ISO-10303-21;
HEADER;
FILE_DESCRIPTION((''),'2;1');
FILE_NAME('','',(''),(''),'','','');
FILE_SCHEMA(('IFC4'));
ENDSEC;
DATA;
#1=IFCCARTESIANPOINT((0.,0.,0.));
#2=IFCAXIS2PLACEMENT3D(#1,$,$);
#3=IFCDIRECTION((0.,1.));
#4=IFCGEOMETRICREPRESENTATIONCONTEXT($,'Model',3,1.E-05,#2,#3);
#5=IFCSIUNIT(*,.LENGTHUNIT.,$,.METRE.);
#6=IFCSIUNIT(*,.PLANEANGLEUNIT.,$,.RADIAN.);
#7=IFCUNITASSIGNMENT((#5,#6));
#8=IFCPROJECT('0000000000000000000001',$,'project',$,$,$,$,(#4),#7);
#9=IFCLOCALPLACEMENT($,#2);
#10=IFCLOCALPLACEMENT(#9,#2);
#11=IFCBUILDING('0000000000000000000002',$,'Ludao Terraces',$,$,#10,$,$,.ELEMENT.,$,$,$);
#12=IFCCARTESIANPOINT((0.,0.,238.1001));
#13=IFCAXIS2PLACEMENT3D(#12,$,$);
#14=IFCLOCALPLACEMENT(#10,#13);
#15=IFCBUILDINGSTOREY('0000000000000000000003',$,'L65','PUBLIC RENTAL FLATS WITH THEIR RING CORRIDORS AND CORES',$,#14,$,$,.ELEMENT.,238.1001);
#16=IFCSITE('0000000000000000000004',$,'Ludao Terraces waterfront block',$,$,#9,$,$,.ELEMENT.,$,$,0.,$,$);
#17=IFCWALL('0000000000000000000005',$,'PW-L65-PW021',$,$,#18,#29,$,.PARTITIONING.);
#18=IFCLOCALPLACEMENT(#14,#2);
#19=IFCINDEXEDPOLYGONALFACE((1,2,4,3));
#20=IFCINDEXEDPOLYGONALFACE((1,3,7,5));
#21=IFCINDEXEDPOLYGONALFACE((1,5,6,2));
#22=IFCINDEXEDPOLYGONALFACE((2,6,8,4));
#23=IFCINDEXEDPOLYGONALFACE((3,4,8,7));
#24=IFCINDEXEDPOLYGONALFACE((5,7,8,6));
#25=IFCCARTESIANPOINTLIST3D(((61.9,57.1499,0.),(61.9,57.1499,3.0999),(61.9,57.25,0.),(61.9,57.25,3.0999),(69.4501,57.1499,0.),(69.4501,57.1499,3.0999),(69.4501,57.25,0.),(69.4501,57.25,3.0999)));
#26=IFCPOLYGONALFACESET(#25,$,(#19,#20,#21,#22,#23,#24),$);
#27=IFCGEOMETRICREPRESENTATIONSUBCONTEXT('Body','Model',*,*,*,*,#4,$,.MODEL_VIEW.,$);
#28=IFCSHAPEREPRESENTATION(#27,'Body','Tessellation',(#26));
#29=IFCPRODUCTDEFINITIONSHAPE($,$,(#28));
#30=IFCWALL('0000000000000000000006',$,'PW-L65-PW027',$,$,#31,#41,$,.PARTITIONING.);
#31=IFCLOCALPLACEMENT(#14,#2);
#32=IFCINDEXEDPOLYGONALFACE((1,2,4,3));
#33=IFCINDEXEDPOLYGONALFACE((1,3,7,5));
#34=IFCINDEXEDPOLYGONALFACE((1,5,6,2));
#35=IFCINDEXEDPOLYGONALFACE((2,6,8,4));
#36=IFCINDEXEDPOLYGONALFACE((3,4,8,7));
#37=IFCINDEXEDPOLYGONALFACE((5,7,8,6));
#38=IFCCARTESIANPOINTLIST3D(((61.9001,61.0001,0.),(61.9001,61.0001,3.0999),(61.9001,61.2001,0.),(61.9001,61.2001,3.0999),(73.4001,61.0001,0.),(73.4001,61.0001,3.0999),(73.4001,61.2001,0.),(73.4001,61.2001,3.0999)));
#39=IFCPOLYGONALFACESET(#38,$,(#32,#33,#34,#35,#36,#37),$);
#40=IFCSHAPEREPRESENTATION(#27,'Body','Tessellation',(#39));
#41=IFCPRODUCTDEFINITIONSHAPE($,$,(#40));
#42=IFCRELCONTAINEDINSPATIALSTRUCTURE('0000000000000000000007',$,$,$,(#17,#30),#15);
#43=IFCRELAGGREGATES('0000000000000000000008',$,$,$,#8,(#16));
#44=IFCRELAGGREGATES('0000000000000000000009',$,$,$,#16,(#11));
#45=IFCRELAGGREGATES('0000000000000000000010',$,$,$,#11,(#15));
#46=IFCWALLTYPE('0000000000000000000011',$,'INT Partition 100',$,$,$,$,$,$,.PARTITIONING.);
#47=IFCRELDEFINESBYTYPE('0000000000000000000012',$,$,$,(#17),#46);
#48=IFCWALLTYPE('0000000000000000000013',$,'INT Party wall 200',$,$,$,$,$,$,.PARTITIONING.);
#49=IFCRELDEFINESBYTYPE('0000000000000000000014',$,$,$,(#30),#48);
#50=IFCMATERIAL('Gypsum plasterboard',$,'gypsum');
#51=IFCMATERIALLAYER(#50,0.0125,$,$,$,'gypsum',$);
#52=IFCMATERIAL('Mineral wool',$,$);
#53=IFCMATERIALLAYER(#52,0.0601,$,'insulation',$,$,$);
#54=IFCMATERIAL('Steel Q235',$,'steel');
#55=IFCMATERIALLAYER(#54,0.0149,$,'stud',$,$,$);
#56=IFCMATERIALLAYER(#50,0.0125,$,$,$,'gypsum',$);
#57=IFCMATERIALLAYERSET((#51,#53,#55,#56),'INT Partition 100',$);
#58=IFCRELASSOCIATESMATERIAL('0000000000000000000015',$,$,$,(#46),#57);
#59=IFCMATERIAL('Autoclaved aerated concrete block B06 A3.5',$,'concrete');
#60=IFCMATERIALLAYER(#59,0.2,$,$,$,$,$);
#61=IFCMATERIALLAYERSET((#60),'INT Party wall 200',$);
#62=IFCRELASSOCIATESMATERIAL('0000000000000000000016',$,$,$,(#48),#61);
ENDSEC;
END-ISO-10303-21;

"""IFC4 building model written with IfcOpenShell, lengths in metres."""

from ifc_helpers import new_model, si_unit, direction, frame, frame_2d, origin, place, context, subcontext, project, spatial, rectangle, extrude, material, layer, layer_set, type_object, element, save


model = new_model("IFC4")

# Units and contexts
model_context = context("Model", 3, precision=1e-05, world=origin(), true_north=direction((0.0, 1.0)))
body_context = subcontext(model_context, "Body", "Model", "MODEL_VIEW")
ifc_project = project(units=[si_unit("LENGTHUNIT", "METRE"), si_unit("PLANEANGLEUNIT", "RADIAN")], contexts=[model_context])

# Site, building, storey
site_placement = place(None, origin())
site = spatial("IfcSite", under=ifc_project, at=site_placement, Name="Ludao Terraces waterfront block", CompositionType="ELEMENT", RefElevation=0.0)
building_placement = place(site_placement, origin())
building = spatial("IfcBuilding", under=site, at=building_placement, Name="Ludao Terraces", CompositionType="ELEMENT")
storey_placement = place(building_placement, frame((0.0, 0.0, 238.1001)))
storey = spatial("IfcBuildingStorey", under=building, at=storey_placement, Name="L65", Description="PUBLIC RENTAL FLATS WITH THEIR RING CORRIDORS AND CORES", CompositionType="ELEMENT", Elevation=238.1001)

# Shared definitions
ifc_material_1 = material(Name="Mineral wool")

# Shared definitions
ifc_material_2 = material(Name="Gypsum plasterboard", Category="gypsum")
ifc_layer_1 = layer(ifc_material_2, 0.0125, Category="gypsum")
ifc_layer_2 = layer(ifc_material_1, 0.0601, Name="insulation")
ifc_material_3 = material(Name="Steel Q235", Category="steel")
ifc_layer_3 = layer(ifc_material_3, 0.0149, Name="stud")
ifc_layer_4 = layer(ifc_material_2, 0.0125, Category="gypsum")
ifc_layer_set_1 = layer_set([ifc_layer_1, ifc_layer_2, ifc_layer_3, ifc_layer_4], Name="INT Partition 100")
wall_type_1 = type_object("IfcWallType", Name="INT Partition 100", PredefinedType="PARTITIONING", material=ifc_layer_set_1)

# Walls
for number, where, z_axis, x_axis, name in (
    (1, (61.9001, 57.2, 0.0), (0.0, 0.0, 1.0), (1.0, 0.0, 0.0), "PW-L65-PW021"),
):
    element("IfcWall", number, at=place(storey_placement, frame(where, z_axis=z_axis, x_axis=x_axis)), inside=storey, type_object=wall_type_1, Name=name, PredefinedType="PARTITIONING", context=body_context, shape_type="SweptSolid", body=[
        extrude(rectangle(XDim=7.55, YDim=0.1001, at=frame_2d((3.7749, 0.0))), origin(), (0.0, 0.0, 1.0), 3.0999),
    ])
ifc_material_4 = material(Name="Autoclaved aerated concrete block B06 A3.5", Category="concrete")
ifc_layer_5 = layer(ifc_material_4, 0.2)
ifc_layer_set_2 = layer_set([ifc_layer_5], Name="INT Party wall 200")
wall_type_2 = type_object("IfcWallType", Name="INT Party wall 200", PredefinedType="PARTITIONING", material=ifc_layer_set_2)
wall_1_placement = place(storey_placement, frame((61.9001, 61.1001, 0.0), z_axis=(0.0, 0.0, 1.0), x_axis=(1.0, 0.0, 0.0)))
element("IfcWall", 2, at=wall_1_placement, inside=storey, type_object=wall_type_2, Name="PW-L65-PW027", PredefinedType="PARTITIONING", context=body_context, shape_type="SweptSolid", body=[
    extrude(rectangle(XDim=11.5, YDim=0.2, at=frame_2d((5.75, 0.0))), origin(), (0.0, 0.0, 1.0), 3.0999),
])

save(model, "model.ifc")
